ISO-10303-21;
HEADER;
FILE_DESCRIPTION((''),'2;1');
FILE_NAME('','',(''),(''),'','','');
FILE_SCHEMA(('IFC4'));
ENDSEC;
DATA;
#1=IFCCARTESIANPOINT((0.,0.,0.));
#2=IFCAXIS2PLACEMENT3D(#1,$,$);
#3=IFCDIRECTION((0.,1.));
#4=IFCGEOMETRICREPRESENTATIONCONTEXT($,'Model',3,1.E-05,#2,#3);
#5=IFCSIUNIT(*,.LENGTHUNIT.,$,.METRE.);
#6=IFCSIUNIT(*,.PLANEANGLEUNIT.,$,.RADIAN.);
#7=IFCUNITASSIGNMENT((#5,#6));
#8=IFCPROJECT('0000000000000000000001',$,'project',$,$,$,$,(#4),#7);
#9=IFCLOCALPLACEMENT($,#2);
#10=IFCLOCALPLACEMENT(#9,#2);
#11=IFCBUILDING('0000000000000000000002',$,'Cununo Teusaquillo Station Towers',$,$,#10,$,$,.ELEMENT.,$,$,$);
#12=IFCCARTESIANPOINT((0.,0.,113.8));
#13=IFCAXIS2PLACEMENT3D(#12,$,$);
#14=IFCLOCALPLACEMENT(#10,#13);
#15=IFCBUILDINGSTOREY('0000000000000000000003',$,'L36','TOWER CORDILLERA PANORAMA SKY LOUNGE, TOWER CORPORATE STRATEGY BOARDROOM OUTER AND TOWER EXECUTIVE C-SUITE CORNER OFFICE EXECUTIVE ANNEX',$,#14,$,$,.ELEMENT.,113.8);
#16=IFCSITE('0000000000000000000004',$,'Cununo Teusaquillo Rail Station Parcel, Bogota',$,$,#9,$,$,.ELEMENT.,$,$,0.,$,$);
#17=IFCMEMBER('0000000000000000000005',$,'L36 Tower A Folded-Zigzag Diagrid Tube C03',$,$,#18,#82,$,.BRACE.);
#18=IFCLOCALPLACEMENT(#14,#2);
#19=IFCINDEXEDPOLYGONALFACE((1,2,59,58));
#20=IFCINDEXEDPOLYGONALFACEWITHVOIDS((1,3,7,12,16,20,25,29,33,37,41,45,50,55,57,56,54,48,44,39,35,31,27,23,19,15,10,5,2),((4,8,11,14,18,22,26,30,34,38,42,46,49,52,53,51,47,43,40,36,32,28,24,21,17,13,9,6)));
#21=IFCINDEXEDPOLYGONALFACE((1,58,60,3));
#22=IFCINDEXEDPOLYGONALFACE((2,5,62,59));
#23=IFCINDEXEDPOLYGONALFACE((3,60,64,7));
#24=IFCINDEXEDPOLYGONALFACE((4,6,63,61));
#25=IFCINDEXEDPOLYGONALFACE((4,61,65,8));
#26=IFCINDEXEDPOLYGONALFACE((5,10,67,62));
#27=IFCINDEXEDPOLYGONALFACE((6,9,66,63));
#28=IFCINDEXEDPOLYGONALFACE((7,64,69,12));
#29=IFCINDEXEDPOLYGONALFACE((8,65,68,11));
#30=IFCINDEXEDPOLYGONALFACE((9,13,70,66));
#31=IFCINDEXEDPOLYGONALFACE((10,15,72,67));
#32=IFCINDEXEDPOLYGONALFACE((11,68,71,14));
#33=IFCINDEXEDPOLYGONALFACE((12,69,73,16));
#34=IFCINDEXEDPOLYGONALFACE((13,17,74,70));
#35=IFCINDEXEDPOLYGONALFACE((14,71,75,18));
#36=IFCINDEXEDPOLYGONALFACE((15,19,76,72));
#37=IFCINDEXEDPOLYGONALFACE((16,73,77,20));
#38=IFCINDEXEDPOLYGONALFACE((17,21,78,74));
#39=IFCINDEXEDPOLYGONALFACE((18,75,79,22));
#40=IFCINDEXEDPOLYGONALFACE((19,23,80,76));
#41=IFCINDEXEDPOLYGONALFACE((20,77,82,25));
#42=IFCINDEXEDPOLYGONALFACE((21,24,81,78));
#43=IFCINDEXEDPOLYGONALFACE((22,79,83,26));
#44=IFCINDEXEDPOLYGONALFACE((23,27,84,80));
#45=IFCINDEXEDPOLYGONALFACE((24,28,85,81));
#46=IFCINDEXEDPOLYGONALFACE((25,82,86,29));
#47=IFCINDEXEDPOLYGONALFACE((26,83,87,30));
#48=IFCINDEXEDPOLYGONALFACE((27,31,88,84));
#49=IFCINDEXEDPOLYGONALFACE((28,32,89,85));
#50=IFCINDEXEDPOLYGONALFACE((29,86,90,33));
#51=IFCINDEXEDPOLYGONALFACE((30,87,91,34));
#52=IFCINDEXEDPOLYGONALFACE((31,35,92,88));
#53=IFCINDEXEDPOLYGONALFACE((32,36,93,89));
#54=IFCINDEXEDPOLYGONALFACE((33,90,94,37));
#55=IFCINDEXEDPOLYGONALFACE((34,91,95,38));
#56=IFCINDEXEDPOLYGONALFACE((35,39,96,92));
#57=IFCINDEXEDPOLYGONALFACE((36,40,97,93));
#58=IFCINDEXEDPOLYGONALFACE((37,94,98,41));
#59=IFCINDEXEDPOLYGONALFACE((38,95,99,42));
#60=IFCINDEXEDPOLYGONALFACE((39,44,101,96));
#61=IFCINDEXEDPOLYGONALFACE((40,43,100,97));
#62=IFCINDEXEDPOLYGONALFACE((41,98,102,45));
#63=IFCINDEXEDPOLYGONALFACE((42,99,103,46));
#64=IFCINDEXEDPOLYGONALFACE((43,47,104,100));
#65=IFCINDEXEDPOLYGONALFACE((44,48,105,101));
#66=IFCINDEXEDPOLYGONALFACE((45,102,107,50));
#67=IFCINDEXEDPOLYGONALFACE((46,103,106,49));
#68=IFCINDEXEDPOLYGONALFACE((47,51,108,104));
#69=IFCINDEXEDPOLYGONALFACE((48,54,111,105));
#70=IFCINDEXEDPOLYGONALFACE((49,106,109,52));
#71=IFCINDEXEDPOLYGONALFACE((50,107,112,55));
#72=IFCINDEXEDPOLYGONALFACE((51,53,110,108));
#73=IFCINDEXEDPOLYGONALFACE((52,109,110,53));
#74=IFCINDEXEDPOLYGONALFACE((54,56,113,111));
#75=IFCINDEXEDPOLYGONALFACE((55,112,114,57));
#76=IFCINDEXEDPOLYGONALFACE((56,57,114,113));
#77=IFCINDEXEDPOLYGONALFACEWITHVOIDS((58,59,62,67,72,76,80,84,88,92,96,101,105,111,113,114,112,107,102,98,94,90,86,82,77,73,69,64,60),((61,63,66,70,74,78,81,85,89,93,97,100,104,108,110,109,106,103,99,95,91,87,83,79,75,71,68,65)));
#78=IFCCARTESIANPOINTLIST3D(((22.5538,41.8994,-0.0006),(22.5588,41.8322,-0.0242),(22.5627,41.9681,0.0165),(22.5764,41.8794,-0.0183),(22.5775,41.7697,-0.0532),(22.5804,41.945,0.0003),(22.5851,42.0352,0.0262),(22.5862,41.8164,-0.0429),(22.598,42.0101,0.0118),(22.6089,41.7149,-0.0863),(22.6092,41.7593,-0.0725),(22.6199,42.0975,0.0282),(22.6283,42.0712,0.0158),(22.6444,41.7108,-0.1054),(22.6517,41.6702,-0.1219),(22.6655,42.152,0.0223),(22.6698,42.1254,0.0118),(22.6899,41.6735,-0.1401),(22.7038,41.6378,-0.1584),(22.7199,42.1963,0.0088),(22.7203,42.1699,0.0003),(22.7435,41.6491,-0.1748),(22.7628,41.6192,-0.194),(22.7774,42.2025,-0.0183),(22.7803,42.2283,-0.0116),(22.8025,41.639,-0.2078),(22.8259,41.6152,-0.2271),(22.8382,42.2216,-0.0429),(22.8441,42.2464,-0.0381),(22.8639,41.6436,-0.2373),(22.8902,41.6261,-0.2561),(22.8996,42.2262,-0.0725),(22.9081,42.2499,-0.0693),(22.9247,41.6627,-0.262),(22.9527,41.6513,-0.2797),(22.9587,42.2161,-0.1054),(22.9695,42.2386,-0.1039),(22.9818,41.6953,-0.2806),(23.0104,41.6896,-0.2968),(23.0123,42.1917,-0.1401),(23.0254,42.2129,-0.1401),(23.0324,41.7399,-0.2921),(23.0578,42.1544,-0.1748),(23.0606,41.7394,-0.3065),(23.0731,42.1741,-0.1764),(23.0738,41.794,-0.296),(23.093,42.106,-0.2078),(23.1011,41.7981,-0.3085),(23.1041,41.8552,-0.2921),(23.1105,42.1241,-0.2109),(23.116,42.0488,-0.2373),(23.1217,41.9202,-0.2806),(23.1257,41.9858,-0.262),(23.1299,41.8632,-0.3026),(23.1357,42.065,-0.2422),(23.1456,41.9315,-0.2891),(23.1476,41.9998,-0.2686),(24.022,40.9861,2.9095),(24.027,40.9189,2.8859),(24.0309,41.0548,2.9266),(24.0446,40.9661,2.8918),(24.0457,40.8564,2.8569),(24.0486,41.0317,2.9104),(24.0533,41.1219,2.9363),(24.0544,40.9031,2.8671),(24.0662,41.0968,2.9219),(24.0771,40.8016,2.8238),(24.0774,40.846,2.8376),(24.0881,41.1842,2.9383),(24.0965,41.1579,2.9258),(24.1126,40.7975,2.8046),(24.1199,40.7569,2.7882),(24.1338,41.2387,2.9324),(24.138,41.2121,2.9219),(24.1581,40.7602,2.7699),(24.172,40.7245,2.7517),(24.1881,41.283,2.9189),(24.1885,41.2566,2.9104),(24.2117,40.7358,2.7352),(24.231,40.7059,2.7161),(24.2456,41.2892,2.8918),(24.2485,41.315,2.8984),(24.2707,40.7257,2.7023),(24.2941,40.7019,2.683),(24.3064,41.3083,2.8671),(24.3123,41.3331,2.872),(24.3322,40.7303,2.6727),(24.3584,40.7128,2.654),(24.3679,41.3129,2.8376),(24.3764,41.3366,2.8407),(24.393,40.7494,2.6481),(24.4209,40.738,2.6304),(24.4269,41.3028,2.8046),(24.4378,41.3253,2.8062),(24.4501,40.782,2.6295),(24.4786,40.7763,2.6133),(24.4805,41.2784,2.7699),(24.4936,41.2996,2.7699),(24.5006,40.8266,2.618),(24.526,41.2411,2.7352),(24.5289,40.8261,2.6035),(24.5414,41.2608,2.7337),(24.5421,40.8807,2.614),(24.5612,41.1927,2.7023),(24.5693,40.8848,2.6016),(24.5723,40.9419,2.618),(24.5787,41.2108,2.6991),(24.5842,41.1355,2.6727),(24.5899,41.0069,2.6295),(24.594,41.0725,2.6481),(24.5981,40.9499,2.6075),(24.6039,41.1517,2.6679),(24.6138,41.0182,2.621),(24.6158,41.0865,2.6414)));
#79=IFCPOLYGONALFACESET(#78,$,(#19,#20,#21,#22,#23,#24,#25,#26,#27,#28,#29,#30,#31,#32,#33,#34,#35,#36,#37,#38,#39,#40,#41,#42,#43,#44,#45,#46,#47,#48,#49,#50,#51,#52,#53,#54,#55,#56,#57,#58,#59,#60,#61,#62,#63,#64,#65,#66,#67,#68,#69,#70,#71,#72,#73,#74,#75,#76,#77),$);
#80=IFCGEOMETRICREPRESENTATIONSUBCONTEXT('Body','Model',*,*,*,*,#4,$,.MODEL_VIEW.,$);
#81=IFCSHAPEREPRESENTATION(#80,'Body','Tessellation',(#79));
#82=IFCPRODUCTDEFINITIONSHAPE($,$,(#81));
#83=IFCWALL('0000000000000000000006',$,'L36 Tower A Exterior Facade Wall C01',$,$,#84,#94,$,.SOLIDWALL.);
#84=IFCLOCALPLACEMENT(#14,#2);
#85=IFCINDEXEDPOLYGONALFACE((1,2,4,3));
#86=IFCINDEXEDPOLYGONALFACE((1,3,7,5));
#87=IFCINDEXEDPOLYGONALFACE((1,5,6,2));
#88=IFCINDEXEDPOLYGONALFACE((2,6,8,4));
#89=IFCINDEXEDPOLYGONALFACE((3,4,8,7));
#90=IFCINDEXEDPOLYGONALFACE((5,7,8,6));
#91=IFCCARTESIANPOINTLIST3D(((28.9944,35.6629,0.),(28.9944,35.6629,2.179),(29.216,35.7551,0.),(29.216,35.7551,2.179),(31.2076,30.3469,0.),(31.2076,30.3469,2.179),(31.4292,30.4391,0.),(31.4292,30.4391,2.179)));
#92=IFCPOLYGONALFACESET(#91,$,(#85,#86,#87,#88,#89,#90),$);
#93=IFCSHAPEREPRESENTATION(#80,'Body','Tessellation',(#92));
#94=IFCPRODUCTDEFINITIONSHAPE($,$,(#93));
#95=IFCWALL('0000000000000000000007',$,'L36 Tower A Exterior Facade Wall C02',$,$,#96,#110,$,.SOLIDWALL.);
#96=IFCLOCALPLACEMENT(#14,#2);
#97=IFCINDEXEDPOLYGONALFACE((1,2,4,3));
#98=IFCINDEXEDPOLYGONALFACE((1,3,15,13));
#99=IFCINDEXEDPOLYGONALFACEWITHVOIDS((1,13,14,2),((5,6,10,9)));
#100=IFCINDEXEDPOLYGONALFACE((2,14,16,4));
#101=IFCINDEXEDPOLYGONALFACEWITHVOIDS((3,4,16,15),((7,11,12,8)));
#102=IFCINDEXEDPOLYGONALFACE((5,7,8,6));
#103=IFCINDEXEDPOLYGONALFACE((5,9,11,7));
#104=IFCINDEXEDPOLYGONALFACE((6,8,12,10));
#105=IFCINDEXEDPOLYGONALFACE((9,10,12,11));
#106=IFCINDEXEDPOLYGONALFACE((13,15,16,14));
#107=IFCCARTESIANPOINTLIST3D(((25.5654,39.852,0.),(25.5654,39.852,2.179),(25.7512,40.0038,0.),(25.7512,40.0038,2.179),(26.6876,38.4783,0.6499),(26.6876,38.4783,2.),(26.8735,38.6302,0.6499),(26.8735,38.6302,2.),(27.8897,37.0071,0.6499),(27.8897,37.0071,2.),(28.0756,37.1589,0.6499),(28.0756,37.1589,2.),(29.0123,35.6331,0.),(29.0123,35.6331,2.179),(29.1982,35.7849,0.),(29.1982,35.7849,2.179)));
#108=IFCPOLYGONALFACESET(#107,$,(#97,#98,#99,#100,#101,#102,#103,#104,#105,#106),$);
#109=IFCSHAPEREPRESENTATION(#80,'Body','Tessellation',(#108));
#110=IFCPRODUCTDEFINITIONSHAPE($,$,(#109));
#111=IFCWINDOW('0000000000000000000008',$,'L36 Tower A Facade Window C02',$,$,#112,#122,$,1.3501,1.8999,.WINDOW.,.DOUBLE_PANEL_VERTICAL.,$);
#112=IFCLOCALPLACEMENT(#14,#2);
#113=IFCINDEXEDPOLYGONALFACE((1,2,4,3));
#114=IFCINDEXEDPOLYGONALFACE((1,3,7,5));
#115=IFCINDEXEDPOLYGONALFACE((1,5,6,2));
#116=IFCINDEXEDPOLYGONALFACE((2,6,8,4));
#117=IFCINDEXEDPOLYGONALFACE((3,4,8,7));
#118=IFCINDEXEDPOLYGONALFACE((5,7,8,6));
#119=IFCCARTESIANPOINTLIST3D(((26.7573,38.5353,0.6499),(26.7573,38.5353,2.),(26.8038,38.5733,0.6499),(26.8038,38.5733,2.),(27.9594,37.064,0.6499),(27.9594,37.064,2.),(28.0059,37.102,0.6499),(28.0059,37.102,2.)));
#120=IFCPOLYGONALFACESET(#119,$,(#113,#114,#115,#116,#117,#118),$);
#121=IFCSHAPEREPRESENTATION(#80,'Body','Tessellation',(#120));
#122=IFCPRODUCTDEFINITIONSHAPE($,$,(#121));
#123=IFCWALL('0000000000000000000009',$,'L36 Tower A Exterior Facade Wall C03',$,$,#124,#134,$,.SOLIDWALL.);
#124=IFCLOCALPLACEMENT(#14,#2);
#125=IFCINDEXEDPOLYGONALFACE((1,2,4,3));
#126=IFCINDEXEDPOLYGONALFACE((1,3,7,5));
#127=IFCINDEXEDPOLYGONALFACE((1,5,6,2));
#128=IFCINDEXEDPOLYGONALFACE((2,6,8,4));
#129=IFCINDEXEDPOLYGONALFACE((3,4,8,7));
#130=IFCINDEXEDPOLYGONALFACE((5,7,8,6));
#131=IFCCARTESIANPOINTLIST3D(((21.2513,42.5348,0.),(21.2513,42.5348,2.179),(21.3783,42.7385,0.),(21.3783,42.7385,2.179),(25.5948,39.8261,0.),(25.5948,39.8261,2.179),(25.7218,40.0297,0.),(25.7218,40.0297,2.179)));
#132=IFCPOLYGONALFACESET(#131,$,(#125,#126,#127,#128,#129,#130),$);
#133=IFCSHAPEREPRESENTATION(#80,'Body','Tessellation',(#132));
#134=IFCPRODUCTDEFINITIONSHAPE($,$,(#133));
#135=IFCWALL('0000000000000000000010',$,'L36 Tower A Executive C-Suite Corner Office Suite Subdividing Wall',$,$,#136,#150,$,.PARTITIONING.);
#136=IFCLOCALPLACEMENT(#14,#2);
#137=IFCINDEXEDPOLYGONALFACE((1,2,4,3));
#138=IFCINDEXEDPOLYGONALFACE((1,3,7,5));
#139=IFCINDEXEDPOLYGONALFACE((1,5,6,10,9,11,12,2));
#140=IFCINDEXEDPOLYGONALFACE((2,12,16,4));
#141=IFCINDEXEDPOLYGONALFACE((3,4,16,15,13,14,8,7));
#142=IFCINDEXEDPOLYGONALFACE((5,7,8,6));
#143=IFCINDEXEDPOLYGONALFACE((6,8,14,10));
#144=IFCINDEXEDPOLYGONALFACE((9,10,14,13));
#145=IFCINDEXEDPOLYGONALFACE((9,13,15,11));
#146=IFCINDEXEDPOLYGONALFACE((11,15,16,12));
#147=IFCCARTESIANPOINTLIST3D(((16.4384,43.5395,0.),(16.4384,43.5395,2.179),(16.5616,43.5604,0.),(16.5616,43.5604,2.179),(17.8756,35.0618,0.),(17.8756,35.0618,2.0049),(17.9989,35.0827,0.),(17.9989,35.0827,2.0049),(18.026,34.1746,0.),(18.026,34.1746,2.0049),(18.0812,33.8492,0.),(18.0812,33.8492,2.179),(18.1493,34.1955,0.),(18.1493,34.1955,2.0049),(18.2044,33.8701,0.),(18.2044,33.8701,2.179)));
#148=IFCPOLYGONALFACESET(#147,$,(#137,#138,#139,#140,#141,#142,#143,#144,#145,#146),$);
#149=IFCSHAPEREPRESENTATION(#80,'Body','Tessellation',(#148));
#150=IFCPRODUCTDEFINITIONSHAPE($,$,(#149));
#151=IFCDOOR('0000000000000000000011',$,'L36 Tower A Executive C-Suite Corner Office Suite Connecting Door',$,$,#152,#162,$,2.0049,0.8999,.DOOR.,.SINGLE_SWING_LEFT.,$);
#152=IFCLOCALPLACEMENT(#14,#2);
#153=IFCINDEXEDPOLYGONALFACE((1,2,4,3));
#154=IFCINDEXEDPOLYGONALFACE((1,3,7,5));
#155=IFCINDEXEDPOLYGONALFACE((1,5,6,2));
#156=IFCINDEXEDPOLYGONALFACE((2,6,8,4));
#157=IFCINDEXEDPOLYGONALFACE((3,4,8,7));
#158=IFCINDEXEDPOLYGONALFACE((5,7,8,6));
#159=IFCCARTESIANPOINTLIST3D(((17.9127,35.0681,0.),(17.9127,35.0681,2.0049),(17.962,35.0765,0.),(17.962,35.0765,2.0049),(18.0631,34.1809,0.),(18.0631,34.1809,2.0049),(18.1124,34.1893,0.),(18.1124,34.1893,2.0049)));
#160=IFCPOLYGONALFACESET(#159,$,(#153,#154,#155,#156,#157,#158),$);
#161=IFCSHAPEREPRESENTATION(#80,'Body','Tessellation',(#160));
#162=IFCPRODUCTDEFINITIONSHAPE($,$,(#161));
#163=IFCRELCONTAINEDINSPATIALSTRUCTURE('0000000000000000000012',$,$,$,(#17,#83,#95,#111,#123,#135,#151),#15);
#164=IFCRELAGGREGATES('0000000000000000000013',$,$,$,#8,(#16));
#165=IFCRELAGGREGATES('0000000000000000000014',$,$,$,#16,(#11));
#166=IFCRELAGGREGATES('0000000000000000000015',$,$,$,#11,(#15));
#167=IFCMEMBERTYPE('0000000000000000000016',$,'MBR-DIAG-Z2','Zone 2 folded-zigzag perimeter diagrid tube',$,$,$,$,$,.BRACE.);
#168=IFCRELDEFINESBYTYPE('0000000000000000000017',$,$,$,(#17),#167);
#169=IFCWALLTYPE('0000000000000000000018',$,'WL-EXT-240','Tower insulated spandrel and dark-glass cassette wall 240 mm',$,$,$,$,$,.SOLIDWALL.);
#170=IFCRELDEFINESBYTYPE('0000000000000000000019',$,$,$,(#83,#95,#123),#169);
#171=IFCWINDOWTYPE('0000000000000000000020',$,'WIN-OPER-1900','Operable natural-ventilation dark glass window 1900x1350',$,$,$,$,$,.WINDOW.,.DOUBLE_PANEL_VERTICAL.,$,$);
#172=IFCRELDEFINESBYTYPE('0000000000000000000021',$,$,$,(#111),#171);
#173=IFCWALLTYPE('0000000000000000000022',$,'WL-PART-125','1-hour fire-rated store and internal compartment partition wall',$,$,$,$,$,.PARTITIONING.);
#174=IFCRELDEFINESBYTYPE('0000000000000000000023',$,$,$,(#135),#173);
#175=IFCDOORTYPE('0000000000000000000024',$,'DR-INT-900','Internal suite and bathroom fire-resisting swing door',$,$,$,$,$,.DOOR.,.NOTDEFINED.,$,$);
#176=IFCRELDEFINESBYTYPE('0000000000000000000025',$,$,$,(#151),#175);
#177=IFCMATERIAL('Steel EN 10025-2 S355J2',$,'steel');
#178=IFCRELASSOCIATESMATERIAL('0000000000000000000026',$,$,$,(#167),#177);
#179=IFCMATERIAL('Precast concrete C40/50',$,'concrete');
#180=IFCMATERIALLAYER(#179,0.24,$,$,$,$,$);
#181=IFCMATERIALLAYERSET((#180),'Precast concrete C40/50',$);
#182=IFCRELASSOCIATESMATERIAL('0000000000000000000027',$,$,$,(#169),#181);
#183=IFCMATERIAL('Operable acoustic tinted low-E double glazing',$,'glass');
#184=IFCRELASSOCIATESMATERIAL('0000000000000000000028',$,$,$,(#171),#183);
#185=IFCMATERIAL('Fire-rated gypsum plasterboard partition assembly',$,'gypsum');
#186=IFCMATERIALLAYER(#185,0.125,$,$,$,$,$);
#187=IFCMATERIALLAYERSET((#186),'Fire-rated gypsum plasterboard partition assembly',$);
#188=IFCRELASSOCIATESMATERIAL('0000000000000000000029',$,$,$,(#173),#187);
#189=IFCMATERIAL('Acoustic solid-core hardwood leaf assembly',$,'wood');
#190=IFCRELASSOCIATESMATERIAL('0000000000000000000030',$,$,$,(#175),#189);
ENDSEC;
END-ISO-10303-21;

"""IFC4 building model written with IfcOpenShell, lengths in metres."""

from ifc_helpers import new_model, si_unit, direction, frame, frame_2d, origin, origin_2d, place, context, subcontext, project, spatial, rectangle, hollow_circle, extrude, source, transform, mapped, material, layer, layer_set, material_profile, profile_set, type_object, element, fill, save


model = new_model("IFC4")

# Units and contexts
model_context = context("Model", 3, precision=1e-05, world=origin(), true_north=direction((0.0, 1.0)))
body_context = subcontext(model_context, "Body", "Model", "MODEL_VIEW")
ifc_project = project(units=[si_unit("LENGTHUNIT", "METRE"), si_unit("PLANEANGLEUNIT", "RADIAN")], contexts=[model_context])

# Site, building, storey
site_placement = place(None, origin())
site = spatial("IfcSite", under=ifc_project, at=site_placement, Name="Cununo Teusaquillo Rail Station Parcel, Bogota", CompositionType="ELEMENT", RefElevation=0.0)
building_placement = place(site_placement, origin())
building = spatial("IfcBuilding", under=site, at=building_placement, Name="Cununo Teusaquillo Station Towers", CompositionType="ELEMENT")
storey_placement = place(building_placement, frame((0.0, 0.0, 113.8)))
storey = spatial("IfcBuildingStorey", under=building, at=storey_placement, Name="L36", Description="TOWER CORDILLERA PANORAMA SKY LOUNGE, TOWER CORPORATE STRATEGY BOARDROOM OUTER AND TOWER EXECUTIVE C-SUITE CORNER OFFICE EXECUTIVE ANNEX", CompositionType="ELEMENT", Elevation=113.8)

# Member
ifc_material_1 = material(Name="Steel EN 10025-2 S355J2", Category="steel")
ifc_material_profile_1 = material_profile(ifc_material_1, hollow_circle(Radius=0.3301, WallThickness=0.0249, at=origin_2d()), Name="CHS 660x25")
ifc_profile_set_1 = profile_set([ifc_material_profile_1], Name="Steel EN 10025-2 S355J2")
member_type = type_object("IfcMemberType", Name="MBR-DIAG-Z2", Description="Zone 2 folded-zigzag perimeter diagrid tube", PredefinedType="BRACE", material=ifc_profile_set_1)
member_1_placement = place(storey_placement, frame((22.8511, 41.9326, -0.1401), z_axis=(0.433741, -0.269808, 0.859693), x_axis=(0.528196, 0.849123, 0.0)))
element("IfcMember", 1, at=member_1_placement, inside=storey, type_object=member_type, Name="L36 Tower A Folded-Zigzag Diagrid Tube C03", PredefinedType="BRACE", context=body_context, shape_type="SweptSolid", body=[
    extrude(hollow_circle(Radius=0.3301, WallThickness=0.0249, at=origin_2d()), origin(), (0.0, 0.0, 1.0), 3.385),
])

# Wall
ifc_material_2 = material(Name="Precast concrete C40/50", Category="concrete")
ifc_layer_1 = layer(ifc_material_2, 0.24)
ifc_layer_set_1 = layer_set([ifc_layer_1], Name="Precast concrete C40/50")
wall_type_1 = type_object("IfcWallType", Name="WL-EXT-240", Description="Tower insulated spandrel and dark-glass cassette wall 240 mm", PredefinedType="SOLIDWALL", material=ifc_layer_set_1)
wall_1_placement = place(storey_placement, frame((29.1052, 35.709, 0.0), z_axis=(0.0, 0.0, 1.0), x_axis=(0.384344, -0.92319, 0.0)))
element("IfcWall", 2, at=wall_1_placement, inside=storey, type_object=wall_type_1, Name="L36 Tower A Exterior Facade Wall C01", PredefinedType="SOLIDWALL", context=body_context, shape_type="SweptSolid", body=[
    extrude(rectangle(XDim=5.7583, YDim=0.24, at=frame_2d((2.8792, 0.0))), origin(), (0.0, 0.0, 1.0), 2.179),
])

# Wall, opening, window
wall_2_placement = place(storey_placement, frame((25.6582, 39.928, 0.0), z_axis=(0.0, 0.0, 1.0), x_axis=(0.632701, -0.774396, 0.0)))
wall_2 = element("IfcWall", 3, at=wall_2_placement, inside=storey, type_object=wall_type_1, Name="L36 Tower A Exterior Facade Wall C02", PredefinedType="SOLIDWALL", context=body_context, shape_type="SweptSolid", body=[
    extrude(rectangle(XDim=5.448, YDim=0.24, at=frame_2d((2.7241, 0.0))), origin(), (0.0, 0.0, 1.0), 2.179),
])
shared_shape_1 = source(origin(), body_context, "Body", "SweptSolid", [
    extrude(rectangle(XDim=1.8999, YDim=1.3501, at=frame_2d((0.95, 0.675))), frame((0.0, 0.1299, 0.0), z_axis=(0.0, -1.0, 0.0), x_axis=(1.0, 0.0, 0.0)), (0.0, 0.0, 1.0), 0.26),
])
opening_1_placement = place(wall_2_placement, frame((1.7739, 0.0, 0.6499)))
opening_1 = element("IfcOpeningElement", 4, at=opening_1_placement, cuts=wall_2, PredefinedType="OPENING", context=body_context, shape_type="MappedRepresentation", body=[
    mapped(shared_shape_1, transform((0.0, 0.0, 0.0), x_axis=(1.0, 0.0, 0.0), y_axis=(0.0, 1.0, 0.0), z_axis=(0.0, 0.0, 1.0), scale=1.0)),
])
ifc_material_3 = material(Name="Operable acoustic tinted low-E double glazing", Category="glass")
window_type = type_object("IfcWindowType", Name="WIN-OPER-1900", Description="Operable natural-ventilation dark glass window 1900x1350", PartitioningType="DOUBLE_PANEL_VERTICAL", PredefinedType="WINDOW", material=ifc_material_3)
shared_shape_2 = source(origin(), body_context, "Body", "SweptSolid", [
    extrude(rectangle(XDim=1.8999, YDim=1.3501, at=frame_2d((0.95, 0.675))), frame((0.0, 0.03, 0.0), z_axis=(0.0, -1.0, 0.0), x_axis=(1.0, 0.0, 0.0)), (0.0, 0.0, 1.0), 0.0601),
])
window_placement = place(opening_1_placement, origin())
window = element("IfcWindow", 5, at=window_placement, inside=storey, type_object=window_type, Name="L36 Tower A Facade Window C02", OverallHeight=1.3501, OverallWidth=1.8999, PartitioningType="DOUBLE_PANEL_VERTICAL", PredefinedType="WINDOW", context=body_context, shape_type="MappedRepresentation", body=[
    mapped(shared_shape_2, transform((0.0, 0.0, 0.0), x_axis=(1.0, 0.0, 0.0), y_axis=(0.0, 1.0, 0.0), z_axis=(0.0, 0.0, 1.0), scale=1.0)),
])
fill(opening_1, window)

# Wall
wall_3_placement = place(storey_placement, frame((21.3147, 42.6367, 0.0), z_axis=(0.0, 0.0, 1.0), x_axis=(0.84852, -0.529163, 0.0)))
element("IfcWall", 6, at=wall_3_placement, inside=storey, type_object=wall_type_1, Name="L36 Tower A Exterior Facade Wall C03", PredefinedType="SOLIDWALL", context=body_context, shape_type="SweptSolid", body=[
    extrude(rectangle(XDim=5.1189, YDim=0.24, at=frame_2d((2.5596, 0.0))), origin(), (0.0, 0.0, 1.0), 2.179),
])

# Wall, opening, door
ifc_material_4 = material(Name="Fire-rated gypsum plasterboard partition assembly", Category="gypsum")
ifc_layer_2 = layer(ifc_material_4, 0.125)
ifc_layer_set_2 = layer_set([ifc_layer_2], Name="Fire-rated gypsum plasterboard partition assembly")
wall_type_2 = type_object("IfcWallType", Name="WL-PART-125", Description="1-hour fire-rated store and internal compartment partition wall", PredefinedType="PARTITIONING", material=ifc_layer_set_2)
wall_4_placement = place(storey_placement, frame((18.1428, 33.8596, 0.0), z_axis=(0.0, 0.0, 1.0), x_axis=(-0.167145, 0.985932, 0.0)))
wall_4 = element("IfcWall", 7, at=wall_4_placement, inside=storey, type_object=wall_type_2, Name="L36 Tower A Executive C-Suite Corner Office Suite Subdividing Wall", PredefinedType="PARTITIONING", context=body_context, shape_type="SweptSolid", body=[
    extrude(rectangle(XDim=9.8286, YDim=0.125, at=frame_2d((4.9143, 0.0))), origin(), (0.0, 0.0, 1.0), 2.179),
])
shared_shape_3 = source(origin(), body_context, "Body", "SweptSolid", [
    extrude(rectangle(XDim=0.8999, YDim=2.0049, at=frame_2d((0.45, 1.0024))), frame((0.0, 0.0725, 0.0), z_axis=(0.0, -1.0, 0.0), x_axis=(1.0, 0.0, 0.0)), (0.0, 0.0, 1.0), 0.145),
])
opening_2_placement = place(wall_4_placement, frame((0.3301, 0.0, 0.0)))
opening_2 = element("IfcOpeningElement", 8, at=opening_2_placement, cuts=wall_4, PredefinedType="OPENING", context=body_context, shape_type="MappedRepresentation", body=[
    mapped(shared_shape_3, transform((0.0, 0.0, 0.0), x_axis=(1.0, 0.0, 0.0), y_axis=(0.0, 1.0, 0.0), z_axis=(0.0, 0.0, 1.0), scale=1.0)),
])
ifc_material_5 = material(Name="Acoustic solid-core hardwood leaf assembly", Category="wood")
door_type_1 = type_object("IfcDoorType", Name="DR-INT-900", Description="Internal suite and bathroom fire-resisting swing door", OperationType="NOTDEFINED", PredefinedType="DOOR", material=ifc_material_5)
shared_shape_4 = source(origin(), body_context, "Body", "SweptSolid", [
    extrude(rectangle(XDim=0.8999, YDim=2.0049, at=frame_2d((0.45, 1.0024))), frame((0.0, 0.0249, 0.0), z_axis=(0.0, -1.0, 0.0), x_axis=(1.0, 0.0, 0.0)), (0.0, 0.0, 1.0), 0.05),
])
door_1_placement = place(opening_2_placement, origin())
door_1 = element("IfcDoor", 9, at=door_1_placement, inside=storey, type_object=door_type_1, Name="L36 Tower A Executive C-Suite Corner Office Suite Connecting Door", OperationType="SINGLE_SWING_LEFT", OverallHeight=2.0049, OverallWidth=0.8999, PredefinedType="DOOR", context=body_context, shape_type="MappedRepresentation", body=[
    mapped(shared_shape_4, transform((0.0, 0.0, 0.0), x_axis=(1.0, 0.0, 0.0), y_axis=(0.0, 1.0, 0.0), z_axis=(0.0, 0.0, 1.0), scale=1.0)),
])
fill(opening_2, door_1)

save(model, "model.ifc")
